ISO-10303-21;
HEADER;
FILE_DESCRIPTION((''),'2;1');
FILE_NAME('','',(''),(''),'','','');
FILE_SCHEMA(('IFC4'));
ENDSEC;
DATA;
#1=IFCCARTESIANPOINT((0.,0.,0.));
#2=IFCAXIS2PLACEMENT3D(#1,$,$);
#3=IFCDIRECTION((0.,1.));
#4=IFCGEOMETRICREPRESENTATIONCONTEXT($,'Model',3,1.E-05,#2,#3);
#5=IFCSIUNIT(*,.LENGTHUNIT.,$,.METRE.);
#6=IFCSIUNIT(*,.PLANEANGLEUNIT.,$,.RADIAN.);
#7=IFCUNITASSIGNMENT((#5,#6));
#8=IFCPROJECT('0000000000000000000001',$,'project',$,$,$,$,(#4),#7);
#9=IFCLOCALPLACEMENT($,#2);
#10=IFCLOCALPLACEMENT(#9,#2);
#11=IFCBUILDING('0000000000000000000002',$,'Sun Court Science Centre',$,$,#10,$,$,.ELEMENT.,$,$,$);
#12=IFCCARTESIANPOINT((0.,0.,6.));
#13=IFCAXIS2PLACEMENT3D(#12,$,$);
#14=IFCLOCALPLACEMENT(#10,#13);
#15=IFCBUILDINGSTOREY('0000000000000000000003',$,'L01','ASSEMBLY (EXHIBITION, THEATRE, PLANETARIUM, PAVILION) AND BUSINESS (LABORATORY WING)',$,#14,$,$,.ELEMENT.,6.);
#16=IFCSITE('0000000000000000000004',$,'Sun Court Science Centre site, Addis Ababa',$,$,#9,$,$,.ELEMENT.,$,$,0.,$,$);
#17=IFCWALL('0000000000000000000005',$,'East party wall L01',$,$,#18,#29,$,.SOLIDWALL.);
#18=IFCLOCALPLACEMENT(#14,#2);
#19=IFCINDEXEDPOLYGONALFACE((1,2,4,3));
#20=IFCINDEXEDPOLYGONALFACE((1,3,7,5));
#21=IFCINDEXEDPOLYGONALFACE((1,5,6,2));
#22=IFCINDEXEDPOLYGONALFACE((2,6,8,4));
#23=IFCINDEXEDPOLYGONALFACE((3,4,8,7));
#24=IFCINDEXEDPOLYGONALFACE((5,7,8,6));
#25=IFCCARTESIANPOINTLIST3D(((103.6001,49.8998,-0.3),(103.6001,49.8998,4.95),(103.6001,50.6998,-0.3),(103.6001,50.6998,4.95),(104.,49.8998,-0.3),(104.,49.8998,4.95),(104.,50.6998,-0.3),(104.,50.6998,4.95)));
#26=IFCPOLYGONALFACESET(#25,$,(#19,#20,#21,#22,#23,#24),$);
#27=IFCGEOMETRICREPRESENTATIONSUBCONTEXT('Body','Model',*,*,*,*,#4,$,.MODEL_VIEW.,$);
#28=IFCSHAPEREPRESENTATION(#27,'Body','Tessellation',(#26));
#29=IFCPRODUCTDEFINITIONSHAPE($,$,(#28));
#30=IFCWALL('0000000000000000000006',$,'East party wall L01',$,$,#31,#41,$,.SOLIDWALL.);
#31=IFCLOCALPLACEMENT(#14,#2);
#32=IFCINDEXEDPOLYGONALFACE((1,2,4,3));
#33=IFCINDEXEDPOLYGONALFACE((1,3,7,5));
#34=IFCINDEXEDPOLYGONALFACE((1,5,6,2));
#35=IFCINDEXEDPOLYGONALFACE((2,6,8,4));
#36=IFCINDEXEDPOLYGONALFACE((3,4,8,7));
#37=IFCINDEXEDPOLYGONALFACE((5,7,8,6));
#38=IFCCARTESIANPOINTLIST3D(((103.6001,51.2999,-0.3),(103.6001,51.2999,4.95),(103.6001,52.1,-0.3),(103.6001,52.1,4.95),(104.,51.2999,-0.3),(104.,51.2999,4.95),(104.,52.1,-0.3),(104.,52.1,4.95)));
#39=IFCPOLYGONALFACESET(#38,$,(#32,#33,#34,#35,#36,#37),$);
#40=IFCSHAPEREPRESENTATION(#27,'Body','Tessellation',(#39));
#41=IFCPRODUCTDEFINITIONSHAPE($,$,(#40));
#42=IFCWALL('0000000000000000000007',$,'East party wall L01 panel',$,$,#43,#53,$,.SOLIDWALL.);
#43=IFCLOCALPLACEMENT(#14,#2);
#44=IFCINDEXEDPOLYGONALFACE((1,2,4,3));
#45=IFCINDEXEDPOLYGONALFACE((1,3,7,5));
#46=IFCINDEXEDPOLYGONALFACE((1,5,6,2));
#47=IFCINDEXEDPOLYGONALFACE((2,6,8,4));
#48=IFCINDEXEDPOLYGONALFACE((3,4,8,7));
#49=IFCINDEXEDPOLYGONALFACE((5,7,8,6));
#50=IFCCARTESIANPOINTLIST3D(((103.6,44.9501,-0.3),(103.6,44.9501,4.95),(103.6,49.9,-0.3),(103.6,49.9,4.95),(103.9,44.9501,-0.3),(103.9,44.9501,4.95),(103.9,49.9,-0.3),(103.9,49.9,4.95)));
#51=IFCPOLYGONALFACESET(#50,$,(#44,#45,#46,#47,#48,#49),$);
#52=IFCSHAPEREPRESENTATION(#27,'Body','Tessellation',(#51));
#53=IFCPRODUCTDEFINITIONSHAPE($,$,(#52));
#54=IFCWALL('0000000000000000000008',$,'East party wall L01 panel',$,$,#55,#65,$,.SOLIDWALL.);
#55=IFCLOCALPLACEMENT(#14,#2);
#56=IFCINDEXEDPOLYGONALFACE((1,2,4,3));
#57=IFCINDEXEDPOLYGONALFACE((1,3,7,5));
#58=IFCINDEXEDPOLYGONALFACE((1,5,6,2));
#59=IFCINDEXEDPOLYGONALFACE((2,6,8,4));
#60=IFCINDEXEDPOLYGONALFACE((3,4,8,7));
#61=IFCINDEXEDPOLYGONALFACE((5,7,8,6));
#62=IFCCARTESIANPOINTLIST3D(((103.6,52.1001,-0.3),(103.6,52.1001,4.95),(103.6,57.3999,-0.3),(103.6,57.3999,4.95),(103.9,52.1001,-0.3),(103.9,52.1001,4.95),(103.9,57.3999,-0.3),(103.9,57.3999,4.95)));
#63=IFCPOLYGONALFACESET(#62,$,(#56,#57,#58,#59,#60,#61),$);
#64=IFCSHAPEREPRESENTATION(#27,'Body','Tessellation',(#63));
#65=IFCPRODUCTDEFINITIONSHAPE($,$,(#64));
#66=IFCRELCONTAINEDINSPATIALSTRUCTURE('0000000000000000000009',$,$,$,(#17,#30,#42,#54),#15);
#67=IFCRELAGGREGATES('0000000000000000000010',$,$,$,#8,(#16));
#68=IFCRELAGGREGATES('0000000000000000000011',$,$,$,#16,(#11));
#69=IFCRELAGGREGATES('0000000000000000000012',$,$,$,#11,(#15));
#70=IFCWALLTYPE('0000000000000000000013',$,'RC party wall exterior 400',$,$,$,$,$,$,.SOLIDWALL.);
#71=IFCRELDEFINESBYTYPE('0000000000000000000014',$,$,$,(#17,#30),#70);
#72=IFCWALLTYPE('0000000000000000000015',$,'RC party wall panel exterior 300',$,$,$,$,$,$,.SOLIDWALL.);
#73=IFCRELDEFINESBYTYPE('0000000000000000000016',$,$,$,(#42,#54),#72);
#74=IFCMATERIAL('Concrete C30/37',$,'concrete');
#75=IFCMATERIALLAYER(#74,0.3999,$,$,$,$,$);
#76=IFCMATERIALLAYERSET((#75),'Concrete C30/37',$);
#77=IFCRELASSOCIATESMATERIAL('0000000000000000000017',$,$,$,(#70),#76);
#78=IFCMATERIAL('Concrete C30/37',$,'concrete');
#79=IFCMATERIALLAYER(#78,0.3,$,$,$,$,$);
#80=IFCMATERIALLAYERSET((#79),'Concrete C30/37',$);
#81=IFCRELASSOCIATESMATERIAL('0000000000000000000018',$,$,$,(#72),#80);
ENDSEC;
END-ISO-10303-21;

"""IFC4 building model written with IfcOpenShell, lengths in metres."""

from ifc_helpers import new_model, si_unit, direction, frame, frame_2d, origin, place, context, subcontext, project, spatial, rectangle, extrude, material, layer, layer_set, type_object, element, save


model = new_model("IFC4")

# Units and contexts
model_context = context("Model", 3, precision=1e-05, world=origin(), true_north=direction((0.0, 1.0)))
body_context = subcontext(model_context, "Body", "Model", "MODEL_VIEW")
ifc_project = project(units=[si_unit("LENGTHUNIT", "METRE"), si_unit("PLANEANGLEUNIT", "RADIAN")], contexts=[model_context])

# Site, building, storey
site_placement = place(None, origin())
site = spatial("IfcSite", under=ifc_project, at=site_placement, Name="Sun Court Science Centre site, Addis Ababa", CompositionType="ELEMENT", RefElevation=0.0)
building_placement = place(site_placement, origin())
building = spatial("IfcBuilding", under=site, at=building_placement, Name="Sun Court Science Centre", CompositionType="ELEMENT")
storey_placement = place(building_placement, frame((0.0, 0.0, 6.0)))
storey = spatial("IfcBuildingStorey", under=building, at=storey_placement, Name="L01", Description="ASSEMBLY (EXHIBITION, THEATRE, PLANETARIUM, PAVILION) AND BUSINESS (LABORATORY WING)", CompositionType="ELEMENT", Elevation=6.0)

# Walls
ifc_material_1 = material(Name="Concrete C30/37", Category="concrete")
ifc_layer_1 = layer(ifc_material_1, 0.3999)
ifc_layer_set_1 = layer_set([ifc_layer_1], Name="Concrete C30/37")
wall_type_1 = type_object("IfcWallType", Name="RC party wall exterior 400", PredefinedType="SOLIDWALL", material=ifc_layer_set_1)
for number, where, z_axis, x_axis, name in (
    (1, (103.8, 49.8999, -0.3), (0.0, 0.0, 1.0), (0.0, 1.0, 0.0), "East party wall L01"),
    (2, (103.8, 51.3, -0.3), (0.0, 0.0, 1.0), (0.0, 1.0, 0.0), "East party wall L01"),
):
    element("IfcWall", number, at=place(storey_placement, frame(where, z_axis=z_axis, x_axis=x_axis)), inside=storey, type_object=wall_type_1, Name=name, PredefinedType="SOLIDWALL", context=body_context, shape_type="SweptSolid", body=[
        extrude(rectangle(XDim=0.8, YDim=0.3999, at=frame_2d((0.3999, 0.0))), origin(), (0.0, 0.0, 1.0), 5.25),
    ])
ifc_material_2 = material(Name="Concrete C30/37", Category="concrete")
ifc_layer_2 = layer(ifc_material_2, 0.3)
ifc_layer_set_2 = layer_set([ifc_layer_2], Name="Concrete C30/37")
wall_type_2 = type_object("IfcWallType", Name="RC party wall panel exterior 300", PredefinedType="SOLIDWALL", material=ifc_layer_set_2)
wall_1_placement = place(storey_placement, frame((103.75, 44.95, -0.3), z_axis=(0.0, 0.0, 1.0), x_axis=(0.0, 1.0, 0.0)))
element("IfcWall", 3, at=wall_1_placement, inside=storey, type_object=wall_type_2, Name="East party wall L01 panel", PredefinedType="SOLIDWALL", context=body_context, shape_type="SweptSolid", body=[
    extrude(rectangle(XDim=4.95, YDim=0.3, at=frame_2d((2.4751, 0.0))), origin(), (0.0, 0.0, 1.0), 5.25),
])
wall_2_placement = place(storey_placement, frame((103.75, 52.1001, -0.3), z_axis=(0.0, 0.0, 1.0), x_axis=(0.0, 1.0, 0.0)))
element("IfcWall", 4, at=wall_2_placement, inside=storey, type_object=wall_type_2, Name="East party wall L01 panel", PredefinedType="SOLIDWALL", context=body_context, shape_type="SweptSolid", body=[
    extrude(rectangle(XDim=5.2998, YDim=0.3, at=frame_2d((2.6499, 0.0))), origin(), (0.0, 0.0, 1.0), 5.25),
])

save(model, "model.ifc")
